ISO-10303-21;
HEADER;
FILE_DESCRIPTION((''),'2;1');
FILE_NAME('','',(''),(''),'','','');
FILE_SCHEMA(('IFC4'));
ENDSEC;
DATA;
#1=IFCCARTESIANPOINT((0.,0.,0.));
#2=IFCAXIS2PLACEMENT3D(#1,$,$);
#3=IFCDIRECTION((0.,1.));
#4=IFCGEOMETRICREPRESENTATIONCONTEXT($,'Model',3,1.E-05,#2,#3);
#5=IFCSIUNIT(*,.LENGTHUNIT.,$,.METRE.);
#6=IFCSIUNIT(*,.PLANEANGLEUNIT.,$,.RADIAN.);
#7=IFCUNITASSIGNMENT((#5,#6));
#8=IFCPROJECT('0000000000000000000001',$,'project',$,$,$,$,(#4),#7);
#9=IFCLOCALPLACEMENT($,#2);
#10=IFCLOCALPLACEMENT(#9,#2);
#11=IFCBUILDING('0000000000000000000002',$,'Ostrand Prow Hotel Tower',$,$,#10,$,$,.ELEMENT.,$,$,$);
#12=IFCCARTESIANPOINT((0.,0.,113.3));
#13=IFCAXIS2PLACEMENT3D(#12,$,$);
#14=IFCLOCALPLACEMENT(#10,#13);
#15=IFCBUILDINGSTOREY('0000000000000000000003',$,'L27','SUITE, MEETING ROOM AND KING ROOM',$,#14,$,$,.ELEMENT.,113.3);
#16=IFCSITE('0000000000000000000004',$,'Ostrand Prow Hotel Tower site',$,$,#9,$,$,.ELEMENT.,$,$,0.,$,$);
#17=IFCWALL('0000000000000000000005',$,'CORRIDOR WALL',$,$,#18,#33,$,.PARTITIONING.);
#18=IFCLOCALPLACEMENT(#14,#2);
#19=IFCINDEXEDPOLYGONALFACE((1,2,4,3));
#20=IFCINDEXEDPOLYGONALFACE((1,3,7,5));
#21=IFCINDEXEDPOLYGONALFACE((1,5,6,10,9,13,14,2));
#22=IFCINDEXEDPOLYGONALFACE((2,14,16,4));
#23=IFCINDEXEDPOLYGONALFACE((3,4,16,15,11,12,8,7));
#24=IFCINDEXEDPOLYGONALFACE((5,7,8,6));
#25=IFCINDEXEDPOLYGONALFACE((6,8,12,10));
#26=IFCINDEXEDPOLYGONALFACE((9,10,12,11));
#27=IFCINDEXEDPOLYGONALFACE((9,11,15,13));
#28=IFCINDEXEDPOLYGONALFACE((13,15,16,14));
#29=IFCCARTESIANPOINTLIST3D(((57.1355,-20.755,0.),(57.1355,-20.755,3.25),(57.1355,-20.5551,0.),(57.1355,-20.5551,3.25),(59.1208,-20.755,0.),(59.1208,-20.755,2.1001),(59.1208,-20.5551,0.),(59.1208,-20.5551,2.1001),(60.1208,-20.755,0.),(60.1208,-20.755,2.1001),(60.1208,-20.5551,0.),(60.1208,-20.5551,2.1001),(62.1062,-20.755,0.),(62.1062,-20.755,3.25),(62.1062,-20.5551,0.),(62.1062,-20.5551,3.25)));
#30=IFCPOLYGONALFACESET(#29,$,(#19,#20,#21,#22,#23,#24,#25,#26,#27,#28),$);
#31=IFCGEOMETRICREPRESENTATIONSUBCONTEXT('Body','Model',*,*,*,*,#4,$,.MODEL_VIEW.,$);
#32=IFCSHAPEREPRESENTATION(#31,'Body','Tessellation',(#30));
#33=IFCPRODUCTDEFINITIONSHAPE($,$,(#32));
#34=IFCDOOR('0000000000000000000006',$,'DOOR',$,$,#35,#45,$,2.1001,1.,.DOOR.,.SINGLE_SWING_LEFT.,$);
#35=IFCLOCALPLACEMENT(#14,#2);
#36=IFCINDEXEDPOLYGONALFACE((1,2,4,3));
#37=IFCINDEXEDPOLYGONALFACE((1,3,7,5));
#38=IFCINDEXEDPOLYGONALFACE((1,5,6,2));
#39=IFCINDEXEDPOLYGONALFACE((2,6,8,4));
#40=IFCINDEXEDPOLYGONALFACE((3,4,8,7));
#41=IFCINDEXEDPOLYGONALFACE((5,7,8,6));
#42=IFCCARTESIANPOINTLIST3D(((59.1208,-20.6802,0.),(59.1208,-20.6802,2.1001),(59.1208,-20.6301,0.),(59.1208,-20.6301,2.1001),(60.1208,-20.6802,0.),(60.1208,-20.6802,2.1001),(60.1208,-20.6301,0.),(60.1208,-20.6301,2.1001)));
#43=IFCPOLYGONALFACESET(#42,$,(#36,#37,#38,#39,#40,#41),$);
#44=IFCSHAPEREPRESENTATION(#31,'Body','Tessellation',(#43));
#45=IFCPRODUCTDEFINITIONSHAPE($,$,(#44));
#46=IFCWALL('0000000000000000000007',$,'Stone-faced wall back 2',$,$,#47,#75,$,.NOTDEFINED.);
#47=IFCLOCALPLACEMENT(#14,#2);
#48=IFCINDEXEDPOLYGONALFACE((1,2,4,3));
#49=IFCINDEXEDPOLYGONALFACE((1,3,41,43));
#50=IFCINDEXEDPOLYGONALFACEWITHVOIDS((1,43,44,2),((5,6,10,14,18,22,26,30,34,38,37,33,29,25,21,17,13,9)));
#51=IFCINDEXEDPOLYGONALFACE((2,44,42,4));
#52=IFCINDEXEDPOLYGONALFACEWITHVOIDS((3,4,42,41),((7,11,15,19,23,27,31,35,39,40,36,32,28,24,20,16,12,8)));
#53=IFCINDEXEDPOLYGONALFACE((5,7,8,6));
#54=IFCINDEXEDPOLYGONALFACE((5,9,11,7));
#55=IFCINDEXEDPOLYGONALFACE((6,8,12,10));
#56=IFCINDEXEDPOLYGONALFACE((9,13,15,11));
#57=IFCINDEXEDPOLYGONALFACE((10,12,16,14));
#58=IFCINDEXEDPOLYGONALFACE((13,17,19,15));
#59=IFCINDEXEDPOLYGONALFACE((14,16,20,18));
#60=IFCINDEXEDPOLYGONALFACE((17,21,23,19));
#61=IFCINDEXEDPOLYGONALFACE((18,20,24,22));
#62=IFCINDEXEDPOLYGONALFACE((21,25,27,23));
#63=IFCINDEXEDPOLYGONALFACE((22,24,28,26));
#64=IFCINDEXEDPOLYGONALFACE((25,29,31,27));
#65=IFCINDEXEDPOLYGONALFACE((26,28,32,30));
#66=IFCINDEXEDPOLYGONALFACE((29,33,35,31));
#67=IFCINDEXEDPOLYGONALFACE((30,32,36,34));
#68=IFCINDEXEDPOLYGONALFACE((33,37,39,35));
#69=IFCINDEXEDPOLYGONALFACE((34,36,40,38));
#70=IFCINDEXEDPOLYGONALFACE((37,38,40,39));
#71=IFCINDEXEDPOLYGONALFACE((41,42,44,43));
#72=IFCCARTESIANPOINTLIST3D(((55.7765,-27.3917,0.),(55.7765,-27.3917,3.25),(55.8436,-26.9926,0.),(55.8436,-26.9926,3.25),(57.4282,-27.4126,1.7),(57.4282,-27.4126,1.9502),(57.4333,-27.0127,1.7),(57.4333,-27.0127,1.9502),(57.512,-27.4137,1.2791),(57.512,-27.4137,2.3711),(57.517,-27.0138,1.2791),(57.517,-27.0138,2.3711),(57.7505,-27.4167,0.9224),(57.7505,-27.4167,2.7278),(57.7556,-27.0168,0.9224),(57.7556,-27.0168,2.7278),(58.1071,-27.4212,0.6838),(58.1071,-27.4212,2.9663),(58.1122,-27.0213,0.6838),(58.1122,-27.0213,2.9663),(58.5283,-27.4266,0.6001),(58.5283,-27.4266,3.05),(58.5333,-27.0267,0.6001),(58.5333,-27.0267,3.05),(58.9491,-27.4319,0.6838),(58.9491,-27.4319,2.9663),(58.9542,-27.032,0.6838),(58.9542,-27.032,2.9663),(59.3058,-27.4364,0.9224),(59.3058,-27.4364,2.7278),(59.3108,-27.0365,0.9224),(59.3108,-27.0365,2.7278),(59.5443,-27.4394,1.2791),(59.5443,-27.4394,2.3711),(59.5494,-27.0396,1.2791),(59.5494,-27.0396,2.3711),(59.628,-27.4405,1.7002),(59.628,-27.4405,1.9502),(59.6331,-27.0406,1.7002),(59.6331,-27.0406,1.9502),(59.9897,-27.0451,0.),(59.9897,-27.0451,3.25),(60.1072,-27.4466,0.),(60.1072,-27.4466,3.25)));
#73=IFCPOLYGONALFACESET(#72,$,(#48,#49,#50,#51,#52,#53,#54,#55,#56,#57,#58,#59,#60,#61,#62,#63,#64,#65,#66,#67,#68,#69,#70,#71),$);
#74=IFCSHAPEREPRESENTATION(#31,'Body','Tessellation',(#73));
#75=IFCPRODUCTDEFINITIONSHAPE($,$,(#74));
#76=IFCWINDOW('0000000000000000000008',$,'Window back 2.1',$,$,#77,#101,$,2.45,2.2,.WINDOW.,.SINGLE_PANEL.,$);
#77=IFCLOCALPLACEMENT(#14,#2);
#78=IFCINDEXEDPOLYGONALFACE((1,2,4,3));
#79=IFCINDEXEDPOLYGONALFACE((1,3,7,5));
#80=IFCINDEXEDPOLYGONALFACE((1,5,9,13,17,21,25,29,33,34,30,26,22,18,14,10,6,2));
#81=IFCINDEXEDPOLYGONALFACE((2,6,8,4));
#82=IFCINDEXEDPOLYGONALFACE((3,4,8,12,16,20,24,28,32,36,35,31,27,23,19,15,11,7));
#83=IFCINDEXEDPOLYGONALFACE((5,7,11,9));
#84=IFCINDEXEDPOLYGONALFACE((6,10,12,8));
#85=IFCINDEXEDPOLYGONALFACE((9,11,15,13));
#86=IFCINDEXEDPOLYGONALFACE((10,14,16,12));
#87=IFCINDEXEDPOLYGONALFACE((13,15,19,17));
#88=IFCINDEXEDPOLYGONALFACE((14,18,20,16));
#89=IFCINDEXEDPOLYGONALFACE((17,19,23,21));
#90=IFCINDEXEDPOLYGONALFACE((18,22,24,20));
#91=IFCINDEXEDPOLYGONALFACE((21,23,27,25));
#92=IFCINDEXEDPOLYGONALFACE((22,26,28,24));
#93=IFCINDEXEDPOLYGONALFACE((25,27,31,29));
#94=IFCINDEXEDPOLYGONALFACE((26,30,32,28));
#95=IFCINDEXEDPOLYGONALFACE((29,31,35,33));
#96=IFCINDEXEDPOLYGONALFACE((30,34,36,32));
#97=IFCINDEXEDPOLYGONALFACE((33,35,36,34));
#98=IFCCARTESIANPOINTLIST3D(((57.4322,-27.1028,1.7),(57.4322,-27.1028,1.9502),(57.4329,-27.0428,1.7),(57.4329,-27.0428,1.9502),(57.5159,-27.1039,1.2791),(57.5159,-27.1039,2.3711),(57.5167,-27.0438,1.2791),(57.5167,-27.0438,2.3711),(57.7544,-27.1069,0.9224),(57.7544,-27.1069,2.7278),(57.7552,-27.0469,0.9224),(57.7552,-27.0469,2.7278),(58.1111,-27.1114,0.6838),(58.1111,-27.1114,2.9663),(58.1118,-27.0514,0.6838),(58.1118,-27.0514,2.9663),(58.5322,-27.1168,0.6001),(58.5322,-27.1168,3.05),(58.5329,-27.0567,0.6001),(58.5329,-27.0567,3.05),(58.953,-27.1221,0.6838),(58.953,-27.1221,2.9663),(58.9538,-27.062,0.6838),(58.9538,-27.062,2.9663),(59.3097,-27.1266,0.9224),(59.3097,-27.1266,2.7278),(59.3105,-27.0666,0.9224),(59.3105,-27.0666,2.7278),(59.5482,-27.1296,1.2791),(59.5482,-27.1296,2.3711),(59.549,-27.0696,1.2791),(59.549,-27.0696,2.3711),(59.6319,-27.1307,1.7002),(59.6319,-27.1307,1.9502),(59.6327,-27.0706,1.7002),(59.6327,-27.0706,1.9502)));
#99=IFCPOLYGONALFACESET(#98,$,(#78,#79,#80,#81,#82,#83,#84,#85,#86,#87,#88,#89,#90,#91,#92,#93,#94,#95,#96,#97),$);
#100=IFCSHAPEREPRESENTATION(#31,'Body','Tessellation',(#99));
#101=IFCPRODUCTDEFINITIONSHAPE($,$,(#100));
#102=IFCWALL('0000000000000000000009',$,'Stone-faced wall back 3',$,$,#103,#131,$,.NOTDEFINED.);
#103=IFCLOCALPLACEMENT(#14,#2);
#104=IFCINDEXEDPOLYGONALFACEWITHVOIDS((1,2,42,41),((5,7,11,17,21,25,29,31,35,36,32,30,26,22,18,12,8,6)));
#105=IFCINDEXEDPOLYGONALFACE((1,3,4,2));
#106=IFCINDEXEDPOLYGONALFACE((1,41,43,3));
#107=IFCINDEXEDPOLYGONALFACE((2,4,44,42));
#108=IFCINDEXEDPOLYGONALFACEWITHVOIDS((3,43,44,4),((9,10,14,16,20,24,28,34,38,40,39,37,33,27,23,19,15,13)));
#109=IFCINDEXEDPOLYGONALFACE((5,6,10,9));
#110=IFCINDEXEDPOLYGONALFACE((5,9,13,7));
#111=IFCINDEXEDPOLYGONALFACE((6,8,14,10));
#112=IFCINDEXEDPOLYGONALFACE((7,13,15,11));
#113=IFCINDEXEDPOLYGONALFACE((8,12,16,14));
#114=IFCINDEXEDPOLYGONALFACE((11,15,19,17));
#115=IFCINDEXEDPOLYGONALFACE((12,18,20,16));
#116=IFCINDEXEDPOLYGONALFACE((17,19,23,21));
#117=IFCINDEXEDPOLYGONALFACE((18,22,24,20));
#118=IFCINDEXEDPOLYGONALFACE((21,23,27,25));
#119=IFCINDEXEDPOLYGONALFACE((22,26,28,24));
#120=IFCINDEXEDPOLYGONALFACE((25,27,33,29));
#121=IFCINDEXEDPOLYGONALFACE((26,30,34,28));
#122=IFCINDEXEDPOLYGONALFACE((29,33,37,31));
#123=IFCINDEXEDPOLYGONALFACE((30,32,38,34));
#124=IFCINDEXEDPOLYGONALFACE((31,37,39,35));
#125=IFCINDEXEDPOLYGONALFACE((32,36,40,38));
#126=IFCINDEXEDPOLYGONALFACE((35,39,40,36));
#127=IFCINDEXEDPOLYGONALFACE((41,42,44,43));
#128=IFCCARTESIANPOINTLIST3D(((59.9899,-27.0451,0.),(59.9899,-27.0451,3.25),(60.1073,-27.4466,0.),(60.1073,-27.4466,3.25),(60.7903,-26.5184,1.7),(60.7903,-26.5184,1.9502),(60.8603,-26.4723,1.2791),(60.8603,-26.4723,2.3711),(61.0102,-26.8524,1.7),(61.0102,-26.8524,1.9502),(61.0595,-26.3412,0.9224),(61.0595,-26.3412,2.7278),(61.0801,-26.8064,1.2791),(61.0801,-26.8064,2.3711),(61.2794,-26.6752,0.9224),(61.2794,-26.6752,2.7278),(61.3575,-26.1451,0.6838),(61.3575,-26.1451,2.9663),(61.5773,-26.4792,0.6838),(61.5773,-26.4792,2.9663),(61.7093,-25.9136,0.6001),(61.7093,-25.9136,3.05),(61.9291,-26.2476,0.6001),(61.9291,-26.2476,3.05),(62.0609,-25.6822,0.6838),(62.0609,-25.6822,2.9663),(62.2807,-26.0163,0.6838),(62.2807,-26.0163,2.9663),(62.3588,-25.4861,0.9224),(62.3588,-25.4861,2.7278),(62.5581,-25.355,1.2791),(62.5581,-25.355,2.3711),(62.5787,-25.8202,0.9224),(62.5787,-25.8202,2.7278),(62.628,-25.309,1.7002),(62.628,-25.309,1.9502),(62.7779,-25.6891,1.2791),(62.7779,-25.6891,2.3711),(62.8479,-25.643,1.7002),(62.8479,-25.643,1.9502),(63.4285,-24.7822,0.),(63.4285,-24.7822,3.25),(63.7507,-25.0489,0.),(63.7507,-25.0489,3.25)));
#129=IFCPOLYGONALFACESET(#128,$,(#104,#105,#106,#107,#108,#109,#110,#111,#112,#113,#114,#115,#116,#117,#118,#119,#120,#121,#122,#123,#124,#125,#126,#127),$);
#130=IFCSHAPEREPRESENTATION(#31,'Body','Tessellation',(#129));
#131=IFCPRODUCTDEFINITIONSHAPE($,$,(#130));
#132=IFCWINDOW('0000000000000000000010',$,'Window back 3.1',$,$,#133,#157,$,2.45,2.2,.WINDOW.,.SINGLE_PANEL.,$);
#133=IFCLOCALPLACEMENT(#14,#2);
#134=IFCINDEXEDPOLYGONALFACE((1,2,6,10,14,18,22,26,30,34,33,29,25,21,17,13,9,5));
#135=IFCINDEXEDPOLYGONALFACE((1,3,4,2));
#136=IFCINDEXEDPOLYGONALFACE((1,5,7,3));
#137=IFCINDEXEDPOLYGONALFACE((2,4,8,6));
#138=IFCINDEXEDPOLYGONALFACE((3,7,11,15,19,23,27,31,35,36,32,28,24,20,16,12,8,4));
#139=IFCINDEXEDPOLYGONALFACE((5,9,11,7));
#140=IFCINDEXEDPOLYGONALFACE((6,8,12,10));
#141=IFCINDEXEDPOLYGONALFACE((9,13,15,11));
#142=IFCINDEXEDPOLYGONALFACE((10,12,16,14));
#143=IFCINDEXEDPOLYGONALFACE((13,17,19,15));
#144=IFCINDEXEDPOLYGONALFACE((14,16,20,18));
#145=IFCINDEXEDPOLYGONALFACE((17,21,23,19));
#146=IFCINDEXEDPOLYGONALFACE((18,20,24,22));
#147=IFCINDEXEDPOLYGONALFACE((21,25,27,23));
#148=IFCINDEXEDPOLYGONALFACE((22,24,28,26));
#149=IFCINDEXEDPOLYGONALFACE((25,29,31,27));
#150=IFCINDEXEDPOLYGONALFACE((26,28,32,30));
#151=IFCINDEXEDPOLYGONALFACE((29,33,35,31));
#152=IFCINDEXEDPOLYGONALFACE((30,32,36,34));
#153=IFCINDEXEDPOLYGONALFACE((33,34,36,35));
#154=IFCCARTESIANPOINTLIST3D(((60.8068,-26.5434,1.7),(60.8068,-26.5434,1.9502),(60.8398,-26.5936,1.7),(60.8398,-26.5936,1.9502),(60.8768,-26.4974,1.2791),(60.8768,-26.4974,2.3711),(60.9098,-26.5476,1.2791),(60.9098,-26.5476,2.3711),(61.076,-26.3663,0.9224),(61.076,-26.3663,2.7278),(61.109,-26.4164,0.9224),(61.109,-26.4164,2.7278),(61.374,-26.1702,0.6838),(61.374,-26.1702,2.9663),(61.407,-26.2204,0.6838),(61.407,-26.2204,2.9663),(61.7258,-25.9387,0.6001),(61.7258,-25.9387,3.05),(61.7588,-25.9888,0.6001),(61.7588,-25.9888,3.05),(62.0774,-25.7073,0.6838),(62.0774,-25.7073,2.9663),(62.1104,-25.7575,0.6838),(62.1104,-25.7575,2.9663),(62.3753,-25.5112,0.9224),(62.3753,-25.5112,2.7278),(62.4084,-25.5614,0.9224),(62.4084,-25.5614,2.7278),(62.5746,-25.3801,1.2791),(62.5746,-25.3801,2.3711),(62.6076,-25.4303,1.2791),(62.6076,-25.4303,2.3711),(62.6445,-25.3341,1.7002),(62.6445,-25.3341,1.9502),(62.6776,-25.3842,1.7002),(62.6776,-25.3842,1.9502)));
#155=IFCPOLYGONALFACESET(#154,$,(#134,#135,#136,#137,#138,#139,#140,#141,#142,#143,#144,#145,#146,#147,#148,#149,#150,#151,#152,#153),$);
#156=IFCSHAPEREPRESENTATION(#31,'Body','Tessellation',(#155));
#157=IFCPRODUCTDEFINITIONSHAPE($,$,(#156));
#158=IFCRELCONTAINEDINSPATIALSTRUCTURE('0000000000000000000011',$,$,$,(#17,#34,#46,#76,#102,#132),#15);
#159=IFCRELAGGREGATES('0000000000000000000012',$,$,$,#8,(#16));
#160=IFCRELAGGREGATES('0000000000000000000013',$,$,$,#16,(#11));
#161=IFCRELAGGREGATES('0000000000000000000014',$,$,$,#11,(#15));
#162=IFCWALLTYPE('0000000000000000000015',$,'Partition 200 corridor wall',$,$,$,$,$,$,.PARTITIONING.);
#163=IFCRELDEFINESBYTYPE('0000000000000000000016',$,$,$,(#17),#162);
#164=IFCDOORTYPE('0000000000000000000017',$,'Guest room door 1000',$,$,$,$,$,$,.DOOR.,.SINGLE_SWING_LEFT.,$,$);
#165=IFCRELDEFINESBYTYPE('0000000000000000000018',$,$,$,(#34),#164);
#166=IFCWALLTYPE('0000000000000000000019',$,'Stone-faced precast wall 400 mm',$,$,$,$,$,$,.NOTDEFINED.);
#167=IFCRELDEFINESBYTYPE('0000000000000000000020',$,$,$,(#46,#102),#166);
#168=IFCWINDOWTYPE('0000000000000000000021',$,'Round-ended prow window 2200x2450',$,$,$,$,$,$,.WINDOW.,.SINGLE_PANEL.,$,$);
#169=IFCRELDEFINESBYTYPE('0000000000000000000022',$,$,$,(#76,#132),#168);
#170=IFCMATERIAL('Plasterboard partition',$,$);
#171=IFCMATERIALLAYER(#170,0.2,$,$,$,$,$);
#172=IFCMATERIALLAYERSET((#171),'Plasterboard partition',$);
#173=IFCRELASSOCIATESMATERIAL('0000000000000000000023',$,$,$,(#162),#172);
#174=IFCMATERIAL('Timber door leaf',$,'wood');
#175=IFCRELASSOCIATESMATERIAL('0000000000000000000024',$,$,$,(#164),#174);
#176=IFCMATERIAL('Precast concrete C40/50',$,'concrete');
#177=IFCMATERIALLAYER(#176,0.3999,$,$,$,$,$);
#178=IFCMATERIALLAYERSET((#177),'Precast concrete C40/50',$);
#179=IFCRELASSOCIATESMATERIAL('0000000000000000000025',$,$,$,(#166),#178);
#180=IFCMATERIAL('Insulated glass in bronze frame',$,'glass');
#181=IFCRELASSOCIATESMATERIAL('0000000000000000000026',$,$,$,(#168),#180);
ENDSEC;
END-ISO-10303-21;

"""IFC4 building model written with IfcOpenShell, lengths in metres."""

from ifc_helpers import new_model, si_unit, direction, frame, frame_2d, origin, place, context, subcontext, project, spatial, polyline, rectangle, outline, extrude, material, layer, layer_set, type_object, element, fill, save


model = new_model("IFC4")

# Units and contexts
model_context = context("Model", 3, precision=1e-05, world=origin(), true_north=direction((0.0, 1.0)))
body_context = subcontext(model_context, "Body", "Model", "MODEL_VIEW")
ifc_project = project(units=[si_unit("LENGTHUNIT", "METRE"), si_unit("PLANEANGLEUNIT", "RADIAN")], contexts=[model_context])

# Site, building, storey
site_placement = place(None, origin())
site = spatial("IfcSite", under=ifc_project, at=site_placement, Name="Ostrand Prow Hotel Tower site", CompositionType="ELEMENT", RefElevation=0.0)
building_placement = place(site_placement, origin())
building = spatial("IfcBuilding", under=site, at=building_placement, Name="Ostrand Prow Hotel Tower", CompositionType="ELEMENT")
storey_placement = place(building_placement, frame((0.0, 0.0, 113.3)))
storey = spatial("IfcBuildingStorey", under=building, at=storey_placement, Name="L27", Description="SUITE, MEETING ROOM AND KING ROOM", CompositionType="ELEMENT", Elevation=113.3)

# Wall, opening, door
ifc_material_1 = material(Name="Plasterboard partition")
ifc_layer_1 = layer(ifc_material_1, 0.2)
ifc_layer_set_1 = layer_set([ifc_layer_1], Name="Plasterboard partition")
wall_type_1 = type_object("IfcWallType", Name="Partition 200 corridor wall", PredefinedType="PARTITIONING", material=ifc_layer_set_1)
wall_1_placement = place(storey_placement, frame((57.1355, -20.655, 0.0), z_axis=(0.0, 0.0, 1.0), x_axis=(1.0, 0.0, 0.0)))
wall_1 = element("IfcWall", 1, at=wall_1_placement, inside=storey, type_object=wall_type_1, Name="CORRIDOR WALL", PredefinedType="PARTITIONING", context=body_context, shape_type="SweptSolid", body=[
    extrude(rectangle(XDim=4.9707, YDim=0.2, at=frame_2d((2.4854, 0.0))), origin(), (0.0, 0.0, 1.0), 3.25),
])
opening_1_placement = place(wall_1_placement, frame((1.9854, 0.0, 0.0)))
opening_1 = element("IfcOpeningElement", 2, at=opening_1_placement, cuts=wall_1, PredefinedType="OPENING", context=body_context, shape_type="SweptSolid", body=[
    extrude(rectangle(XDim=1.0, YDim=2.1001, at=frame_2d((0.5, 1.05))), frame((0.0, 0.1099, 0.0), z_axis=(0.0, -1.0, 0.0), x_axis=(1.0, 0.0, 0.0)), (0.0, 0.0, 1.0), 0.22),
])
ifc_material_2 = material(Name="Timber door leaf", Category="wood")
door_type_1 = type_object("IfcDoorType", Name="Guest room door 1000", OperationType="SINGLE_SWING_LEFT", PredefinedType="DOOR", material=ifc_material_2)
door_1_placement = place(opening_1_placement, origin())
door_1 = element("IfcDoor", 3, at=door_1_placement, inside=storey, type_object=door_type_1, Name="DOOR", OperationType="SINGLE_SWING_LEFT", OverallHeight=2.1001, OverallWidth=1.0, PredefinedType="DOOR", context=body_context, shape_type="SweptSolid", body=[
    extrude(rectangle(XDim=1.0, YDim=2.1001, at=frame_2d((0.5, 1.05))), frame((0.0, 0.0249, 0.0), z_axis=(0.0, -1.0, 0.0), x_axis=(1.0, 0.0, 0.0)), (0.0, 0.0, 1.0), 0.05),
])
fill(opening_1, door_1)

# Walls, openings, windows
ifc_material_3 = material(Name="Precast concrete C40/50", Category="concrete")
ifc_layer_2 = layer(ifc_material_3, 0.3999)
ifc_layer_set_2 = layer_set([ifc_layer_2], Name="Precast concrete C40/50")
wall_type_2 = type_object("IfcWallType", Name="Stone-faced precast wall 400 mm", PredefinedType="NOTDEFINED", material=ifc_layer_set_2)
wall_2_placement = place(storey_placement, frame((55.8101, -27.1921, 0.0), z_axis=(0.0, 0.0, 1.0), x_axis=(0.99992, -0.012671, 0.0)))
wall_2 = element("IfcWall", 4, at=wall_2_placement, inside=storey, type_object=wall_type_2, Name="Stone-faced wall back 2", PredefinedType="NOTDEFINED", context=body_context, shape_type="SweptSolid", body=[
    extrude(outline(polyline([(-0.031, -0.2), (4.3, -0.2), (4.1775, 0.2), (0.031, 0.2), (-0.031, -0.2)])), origin(), (0.0, 0.0, 1.0), 3.25),
])
opening_2_placement = place(wall_2_placement, frame((1.6208, 0.0, 0.6001)))
opening_2 = element("IfcOpeningElement", 5, at=opening_2_placement, cuts=wall_2, PredefinedType="OPENING", context=body_context, shape_type="SweptSolid", body=[
    extrude(outline(polyline([(0.0, 1.3501), (0.0837, 1.771), (0.3223, 2.1277), (0.679, 2.3662), (1.1001, 2.45), (1.521, 2.3662), (1.8777, 2.1277), (2.1162, 1.771), (2.2, 1.3501), (2.2, 1.1001), (2.1162, 0.679), (1.8777, 0.3223), (1.521, 0.0837), (1.1001, 0.0), (0.679, 0.0837), (0.3223, 0.3223), (0.0837, 0.679), (0.0, 1.0999), (0.0, 1.3501)])), frame((0.0, 0.21, 0.0), z_axis=(0.0, -1.0, 0.0), x_axis=(1.0, 0.0, 0.0)), (0.0, 0.0, 1.0), 0.4199),
])
ifc_material_4 = material(Name="Insulated glass in bronze frame", Category="glass")
window_type_1 = type_object("IfcWindowType", Name="Round-ended prow window 2200x2450", PartitioningType="SINGLE_PANEL", PredefinedType="WINDOW", material=ifc_material_4)
window_1_placement = place(opening_2_placement, origin())
window_1 = element("IfcWindow", 6, at=window_1_placement, inside=storey, type_object=window_type_1, Name="Window back 2.1", OverallHeight=2.45, OverallWidth=2.2, PartitioningType="SINGLE_PANEL", PredefinedType="WINDOW", context=body_context, shape_type="SweptSolid", body=[
    extrude(outline(polyline([(0.0, 1.3501), (0.0837, 1.771), (0.3223, 2.1277), (0.679, 2.3662), (1.1001, 2.45), (1.521, 2.3662), (1.8777, 2.1277), (2.1162, 1.771), (2.2, 1.3501), (2.2, 1.1001), (2.1162, 0.679), (1.8777, 0.3223), (1.521, 0.0837), (1.1001, 0.0), (0.679, 0.0837), (0.3223, 0.3223), (0.0837, 0.679), (0.0, 1.0999), (0.0, 1.3501)])), frame((0.0, 0.1699, 0.0), z_axis=(0.0, -1.0, 0.0), x_axis=(1.0, 0.0, 0.0)), (0.0, 0.0, 1.0), 0.0601),
])
fill(opening_2, window_1)
wall_3_placement = place(storey_placement, frame((60.0486, -27.2458, 0.0), z_axis=(0.0, 0.0, 1.0), x_axis=(0.835341, 0.549733, 0.0)))
wall_3 = element("IfcWall", 7, at=wall_3_placement, inside=storey, type_object=wall_type_2, Name="Stone-faced wall back 3", PredefinedType="NOTDEFINED", context=body_context, shape_type="SweptSolid", body=[
    extrude(outline(polyline([(-0.0613, -0.2), (4.3003, -0.2), (4.1777, 0.2), (0.0613, 0.2), (-0.0613, -0.2)])), origin(), (0.0, 0.0, 1.0), 3.25),
])
opening_3_placement = place(wall_3_placement, frame((1.0195, 0.0, 0.6001)))
opening_3 = element("IfcOpeningElement", 8, at=opening_3_placement, cuts=wall_3, PredefinedType="OPENING", context=body_context, shape_type="SweptSolid", body=[
    extrude(outline(polyline([(0.0, 1.3501), (0.0837, 1.771), (0.3223, 2.1277), (0.679, 2.3662), (1.1001, 2.45), (1.521, 2.3662), (1.8777, 2.1277), (2.1162, 1.771), (2.2, 1.3501), (2.2, 1.1001), (2.1162, 0.679), (1.8777, 0.3223), (1.521, 0.0837), (1.1001, 0.0), (0.679, 0.0837), (0.3223, 0.3223), (0.0837, 0.679), (0.0, 1.0999), (0.0, 1.3501)])), frame((0.0, 0.21, 0.0), z_axis=(0.0, -1.0, 0.0), x_axis=(1.0, 0.0, 0.0)), (0.0, 0.0, 1.0), 0.4199),
])
window_2_placement = place(opening_3_placement, origin())
window_2 = element("IfcWindow", 9, at=window_2_placement, inside=storey, type_object=window_type_1, Name="Window back 3.1", OverallHeight=2.45, OverallWidth=2.2, PartitioningType="SINGLE_PANEL", PredefinedType="WINDOW", context=body_context, shape_type="SweptSolid", body=[
    extrude(outline(polyline([(0.0, 1.3501), (0.0837, 1.771), (0.3223, 2.1277), (0.679, 2.3662), (1.1001, 2.45), (1.521, 2.3662), (1.8777, 2.1277), (2.1162, 1.771), (2.2, 1.3501), (2.2, 1.1001), (2.1162, 0.679), (1.8777, 0.3223), (1.521, 0.0837), (1.1001, 0.0), (0.679, 0.0837), (0.3223, 0.3223), (0.0837, 0.679), (0.0, 1.0999), (0.0, 1.3501)])), frame((0.0, 0.1699, 0.0), z_axis=(0.0, -1.0, 0.0), x_axis=(1.0, 0.0, 0.0)), (0.0, 0.0, 1.0), 0.0601),
])
fill(opening_3, window_2)

save(model, "model.ifc")
